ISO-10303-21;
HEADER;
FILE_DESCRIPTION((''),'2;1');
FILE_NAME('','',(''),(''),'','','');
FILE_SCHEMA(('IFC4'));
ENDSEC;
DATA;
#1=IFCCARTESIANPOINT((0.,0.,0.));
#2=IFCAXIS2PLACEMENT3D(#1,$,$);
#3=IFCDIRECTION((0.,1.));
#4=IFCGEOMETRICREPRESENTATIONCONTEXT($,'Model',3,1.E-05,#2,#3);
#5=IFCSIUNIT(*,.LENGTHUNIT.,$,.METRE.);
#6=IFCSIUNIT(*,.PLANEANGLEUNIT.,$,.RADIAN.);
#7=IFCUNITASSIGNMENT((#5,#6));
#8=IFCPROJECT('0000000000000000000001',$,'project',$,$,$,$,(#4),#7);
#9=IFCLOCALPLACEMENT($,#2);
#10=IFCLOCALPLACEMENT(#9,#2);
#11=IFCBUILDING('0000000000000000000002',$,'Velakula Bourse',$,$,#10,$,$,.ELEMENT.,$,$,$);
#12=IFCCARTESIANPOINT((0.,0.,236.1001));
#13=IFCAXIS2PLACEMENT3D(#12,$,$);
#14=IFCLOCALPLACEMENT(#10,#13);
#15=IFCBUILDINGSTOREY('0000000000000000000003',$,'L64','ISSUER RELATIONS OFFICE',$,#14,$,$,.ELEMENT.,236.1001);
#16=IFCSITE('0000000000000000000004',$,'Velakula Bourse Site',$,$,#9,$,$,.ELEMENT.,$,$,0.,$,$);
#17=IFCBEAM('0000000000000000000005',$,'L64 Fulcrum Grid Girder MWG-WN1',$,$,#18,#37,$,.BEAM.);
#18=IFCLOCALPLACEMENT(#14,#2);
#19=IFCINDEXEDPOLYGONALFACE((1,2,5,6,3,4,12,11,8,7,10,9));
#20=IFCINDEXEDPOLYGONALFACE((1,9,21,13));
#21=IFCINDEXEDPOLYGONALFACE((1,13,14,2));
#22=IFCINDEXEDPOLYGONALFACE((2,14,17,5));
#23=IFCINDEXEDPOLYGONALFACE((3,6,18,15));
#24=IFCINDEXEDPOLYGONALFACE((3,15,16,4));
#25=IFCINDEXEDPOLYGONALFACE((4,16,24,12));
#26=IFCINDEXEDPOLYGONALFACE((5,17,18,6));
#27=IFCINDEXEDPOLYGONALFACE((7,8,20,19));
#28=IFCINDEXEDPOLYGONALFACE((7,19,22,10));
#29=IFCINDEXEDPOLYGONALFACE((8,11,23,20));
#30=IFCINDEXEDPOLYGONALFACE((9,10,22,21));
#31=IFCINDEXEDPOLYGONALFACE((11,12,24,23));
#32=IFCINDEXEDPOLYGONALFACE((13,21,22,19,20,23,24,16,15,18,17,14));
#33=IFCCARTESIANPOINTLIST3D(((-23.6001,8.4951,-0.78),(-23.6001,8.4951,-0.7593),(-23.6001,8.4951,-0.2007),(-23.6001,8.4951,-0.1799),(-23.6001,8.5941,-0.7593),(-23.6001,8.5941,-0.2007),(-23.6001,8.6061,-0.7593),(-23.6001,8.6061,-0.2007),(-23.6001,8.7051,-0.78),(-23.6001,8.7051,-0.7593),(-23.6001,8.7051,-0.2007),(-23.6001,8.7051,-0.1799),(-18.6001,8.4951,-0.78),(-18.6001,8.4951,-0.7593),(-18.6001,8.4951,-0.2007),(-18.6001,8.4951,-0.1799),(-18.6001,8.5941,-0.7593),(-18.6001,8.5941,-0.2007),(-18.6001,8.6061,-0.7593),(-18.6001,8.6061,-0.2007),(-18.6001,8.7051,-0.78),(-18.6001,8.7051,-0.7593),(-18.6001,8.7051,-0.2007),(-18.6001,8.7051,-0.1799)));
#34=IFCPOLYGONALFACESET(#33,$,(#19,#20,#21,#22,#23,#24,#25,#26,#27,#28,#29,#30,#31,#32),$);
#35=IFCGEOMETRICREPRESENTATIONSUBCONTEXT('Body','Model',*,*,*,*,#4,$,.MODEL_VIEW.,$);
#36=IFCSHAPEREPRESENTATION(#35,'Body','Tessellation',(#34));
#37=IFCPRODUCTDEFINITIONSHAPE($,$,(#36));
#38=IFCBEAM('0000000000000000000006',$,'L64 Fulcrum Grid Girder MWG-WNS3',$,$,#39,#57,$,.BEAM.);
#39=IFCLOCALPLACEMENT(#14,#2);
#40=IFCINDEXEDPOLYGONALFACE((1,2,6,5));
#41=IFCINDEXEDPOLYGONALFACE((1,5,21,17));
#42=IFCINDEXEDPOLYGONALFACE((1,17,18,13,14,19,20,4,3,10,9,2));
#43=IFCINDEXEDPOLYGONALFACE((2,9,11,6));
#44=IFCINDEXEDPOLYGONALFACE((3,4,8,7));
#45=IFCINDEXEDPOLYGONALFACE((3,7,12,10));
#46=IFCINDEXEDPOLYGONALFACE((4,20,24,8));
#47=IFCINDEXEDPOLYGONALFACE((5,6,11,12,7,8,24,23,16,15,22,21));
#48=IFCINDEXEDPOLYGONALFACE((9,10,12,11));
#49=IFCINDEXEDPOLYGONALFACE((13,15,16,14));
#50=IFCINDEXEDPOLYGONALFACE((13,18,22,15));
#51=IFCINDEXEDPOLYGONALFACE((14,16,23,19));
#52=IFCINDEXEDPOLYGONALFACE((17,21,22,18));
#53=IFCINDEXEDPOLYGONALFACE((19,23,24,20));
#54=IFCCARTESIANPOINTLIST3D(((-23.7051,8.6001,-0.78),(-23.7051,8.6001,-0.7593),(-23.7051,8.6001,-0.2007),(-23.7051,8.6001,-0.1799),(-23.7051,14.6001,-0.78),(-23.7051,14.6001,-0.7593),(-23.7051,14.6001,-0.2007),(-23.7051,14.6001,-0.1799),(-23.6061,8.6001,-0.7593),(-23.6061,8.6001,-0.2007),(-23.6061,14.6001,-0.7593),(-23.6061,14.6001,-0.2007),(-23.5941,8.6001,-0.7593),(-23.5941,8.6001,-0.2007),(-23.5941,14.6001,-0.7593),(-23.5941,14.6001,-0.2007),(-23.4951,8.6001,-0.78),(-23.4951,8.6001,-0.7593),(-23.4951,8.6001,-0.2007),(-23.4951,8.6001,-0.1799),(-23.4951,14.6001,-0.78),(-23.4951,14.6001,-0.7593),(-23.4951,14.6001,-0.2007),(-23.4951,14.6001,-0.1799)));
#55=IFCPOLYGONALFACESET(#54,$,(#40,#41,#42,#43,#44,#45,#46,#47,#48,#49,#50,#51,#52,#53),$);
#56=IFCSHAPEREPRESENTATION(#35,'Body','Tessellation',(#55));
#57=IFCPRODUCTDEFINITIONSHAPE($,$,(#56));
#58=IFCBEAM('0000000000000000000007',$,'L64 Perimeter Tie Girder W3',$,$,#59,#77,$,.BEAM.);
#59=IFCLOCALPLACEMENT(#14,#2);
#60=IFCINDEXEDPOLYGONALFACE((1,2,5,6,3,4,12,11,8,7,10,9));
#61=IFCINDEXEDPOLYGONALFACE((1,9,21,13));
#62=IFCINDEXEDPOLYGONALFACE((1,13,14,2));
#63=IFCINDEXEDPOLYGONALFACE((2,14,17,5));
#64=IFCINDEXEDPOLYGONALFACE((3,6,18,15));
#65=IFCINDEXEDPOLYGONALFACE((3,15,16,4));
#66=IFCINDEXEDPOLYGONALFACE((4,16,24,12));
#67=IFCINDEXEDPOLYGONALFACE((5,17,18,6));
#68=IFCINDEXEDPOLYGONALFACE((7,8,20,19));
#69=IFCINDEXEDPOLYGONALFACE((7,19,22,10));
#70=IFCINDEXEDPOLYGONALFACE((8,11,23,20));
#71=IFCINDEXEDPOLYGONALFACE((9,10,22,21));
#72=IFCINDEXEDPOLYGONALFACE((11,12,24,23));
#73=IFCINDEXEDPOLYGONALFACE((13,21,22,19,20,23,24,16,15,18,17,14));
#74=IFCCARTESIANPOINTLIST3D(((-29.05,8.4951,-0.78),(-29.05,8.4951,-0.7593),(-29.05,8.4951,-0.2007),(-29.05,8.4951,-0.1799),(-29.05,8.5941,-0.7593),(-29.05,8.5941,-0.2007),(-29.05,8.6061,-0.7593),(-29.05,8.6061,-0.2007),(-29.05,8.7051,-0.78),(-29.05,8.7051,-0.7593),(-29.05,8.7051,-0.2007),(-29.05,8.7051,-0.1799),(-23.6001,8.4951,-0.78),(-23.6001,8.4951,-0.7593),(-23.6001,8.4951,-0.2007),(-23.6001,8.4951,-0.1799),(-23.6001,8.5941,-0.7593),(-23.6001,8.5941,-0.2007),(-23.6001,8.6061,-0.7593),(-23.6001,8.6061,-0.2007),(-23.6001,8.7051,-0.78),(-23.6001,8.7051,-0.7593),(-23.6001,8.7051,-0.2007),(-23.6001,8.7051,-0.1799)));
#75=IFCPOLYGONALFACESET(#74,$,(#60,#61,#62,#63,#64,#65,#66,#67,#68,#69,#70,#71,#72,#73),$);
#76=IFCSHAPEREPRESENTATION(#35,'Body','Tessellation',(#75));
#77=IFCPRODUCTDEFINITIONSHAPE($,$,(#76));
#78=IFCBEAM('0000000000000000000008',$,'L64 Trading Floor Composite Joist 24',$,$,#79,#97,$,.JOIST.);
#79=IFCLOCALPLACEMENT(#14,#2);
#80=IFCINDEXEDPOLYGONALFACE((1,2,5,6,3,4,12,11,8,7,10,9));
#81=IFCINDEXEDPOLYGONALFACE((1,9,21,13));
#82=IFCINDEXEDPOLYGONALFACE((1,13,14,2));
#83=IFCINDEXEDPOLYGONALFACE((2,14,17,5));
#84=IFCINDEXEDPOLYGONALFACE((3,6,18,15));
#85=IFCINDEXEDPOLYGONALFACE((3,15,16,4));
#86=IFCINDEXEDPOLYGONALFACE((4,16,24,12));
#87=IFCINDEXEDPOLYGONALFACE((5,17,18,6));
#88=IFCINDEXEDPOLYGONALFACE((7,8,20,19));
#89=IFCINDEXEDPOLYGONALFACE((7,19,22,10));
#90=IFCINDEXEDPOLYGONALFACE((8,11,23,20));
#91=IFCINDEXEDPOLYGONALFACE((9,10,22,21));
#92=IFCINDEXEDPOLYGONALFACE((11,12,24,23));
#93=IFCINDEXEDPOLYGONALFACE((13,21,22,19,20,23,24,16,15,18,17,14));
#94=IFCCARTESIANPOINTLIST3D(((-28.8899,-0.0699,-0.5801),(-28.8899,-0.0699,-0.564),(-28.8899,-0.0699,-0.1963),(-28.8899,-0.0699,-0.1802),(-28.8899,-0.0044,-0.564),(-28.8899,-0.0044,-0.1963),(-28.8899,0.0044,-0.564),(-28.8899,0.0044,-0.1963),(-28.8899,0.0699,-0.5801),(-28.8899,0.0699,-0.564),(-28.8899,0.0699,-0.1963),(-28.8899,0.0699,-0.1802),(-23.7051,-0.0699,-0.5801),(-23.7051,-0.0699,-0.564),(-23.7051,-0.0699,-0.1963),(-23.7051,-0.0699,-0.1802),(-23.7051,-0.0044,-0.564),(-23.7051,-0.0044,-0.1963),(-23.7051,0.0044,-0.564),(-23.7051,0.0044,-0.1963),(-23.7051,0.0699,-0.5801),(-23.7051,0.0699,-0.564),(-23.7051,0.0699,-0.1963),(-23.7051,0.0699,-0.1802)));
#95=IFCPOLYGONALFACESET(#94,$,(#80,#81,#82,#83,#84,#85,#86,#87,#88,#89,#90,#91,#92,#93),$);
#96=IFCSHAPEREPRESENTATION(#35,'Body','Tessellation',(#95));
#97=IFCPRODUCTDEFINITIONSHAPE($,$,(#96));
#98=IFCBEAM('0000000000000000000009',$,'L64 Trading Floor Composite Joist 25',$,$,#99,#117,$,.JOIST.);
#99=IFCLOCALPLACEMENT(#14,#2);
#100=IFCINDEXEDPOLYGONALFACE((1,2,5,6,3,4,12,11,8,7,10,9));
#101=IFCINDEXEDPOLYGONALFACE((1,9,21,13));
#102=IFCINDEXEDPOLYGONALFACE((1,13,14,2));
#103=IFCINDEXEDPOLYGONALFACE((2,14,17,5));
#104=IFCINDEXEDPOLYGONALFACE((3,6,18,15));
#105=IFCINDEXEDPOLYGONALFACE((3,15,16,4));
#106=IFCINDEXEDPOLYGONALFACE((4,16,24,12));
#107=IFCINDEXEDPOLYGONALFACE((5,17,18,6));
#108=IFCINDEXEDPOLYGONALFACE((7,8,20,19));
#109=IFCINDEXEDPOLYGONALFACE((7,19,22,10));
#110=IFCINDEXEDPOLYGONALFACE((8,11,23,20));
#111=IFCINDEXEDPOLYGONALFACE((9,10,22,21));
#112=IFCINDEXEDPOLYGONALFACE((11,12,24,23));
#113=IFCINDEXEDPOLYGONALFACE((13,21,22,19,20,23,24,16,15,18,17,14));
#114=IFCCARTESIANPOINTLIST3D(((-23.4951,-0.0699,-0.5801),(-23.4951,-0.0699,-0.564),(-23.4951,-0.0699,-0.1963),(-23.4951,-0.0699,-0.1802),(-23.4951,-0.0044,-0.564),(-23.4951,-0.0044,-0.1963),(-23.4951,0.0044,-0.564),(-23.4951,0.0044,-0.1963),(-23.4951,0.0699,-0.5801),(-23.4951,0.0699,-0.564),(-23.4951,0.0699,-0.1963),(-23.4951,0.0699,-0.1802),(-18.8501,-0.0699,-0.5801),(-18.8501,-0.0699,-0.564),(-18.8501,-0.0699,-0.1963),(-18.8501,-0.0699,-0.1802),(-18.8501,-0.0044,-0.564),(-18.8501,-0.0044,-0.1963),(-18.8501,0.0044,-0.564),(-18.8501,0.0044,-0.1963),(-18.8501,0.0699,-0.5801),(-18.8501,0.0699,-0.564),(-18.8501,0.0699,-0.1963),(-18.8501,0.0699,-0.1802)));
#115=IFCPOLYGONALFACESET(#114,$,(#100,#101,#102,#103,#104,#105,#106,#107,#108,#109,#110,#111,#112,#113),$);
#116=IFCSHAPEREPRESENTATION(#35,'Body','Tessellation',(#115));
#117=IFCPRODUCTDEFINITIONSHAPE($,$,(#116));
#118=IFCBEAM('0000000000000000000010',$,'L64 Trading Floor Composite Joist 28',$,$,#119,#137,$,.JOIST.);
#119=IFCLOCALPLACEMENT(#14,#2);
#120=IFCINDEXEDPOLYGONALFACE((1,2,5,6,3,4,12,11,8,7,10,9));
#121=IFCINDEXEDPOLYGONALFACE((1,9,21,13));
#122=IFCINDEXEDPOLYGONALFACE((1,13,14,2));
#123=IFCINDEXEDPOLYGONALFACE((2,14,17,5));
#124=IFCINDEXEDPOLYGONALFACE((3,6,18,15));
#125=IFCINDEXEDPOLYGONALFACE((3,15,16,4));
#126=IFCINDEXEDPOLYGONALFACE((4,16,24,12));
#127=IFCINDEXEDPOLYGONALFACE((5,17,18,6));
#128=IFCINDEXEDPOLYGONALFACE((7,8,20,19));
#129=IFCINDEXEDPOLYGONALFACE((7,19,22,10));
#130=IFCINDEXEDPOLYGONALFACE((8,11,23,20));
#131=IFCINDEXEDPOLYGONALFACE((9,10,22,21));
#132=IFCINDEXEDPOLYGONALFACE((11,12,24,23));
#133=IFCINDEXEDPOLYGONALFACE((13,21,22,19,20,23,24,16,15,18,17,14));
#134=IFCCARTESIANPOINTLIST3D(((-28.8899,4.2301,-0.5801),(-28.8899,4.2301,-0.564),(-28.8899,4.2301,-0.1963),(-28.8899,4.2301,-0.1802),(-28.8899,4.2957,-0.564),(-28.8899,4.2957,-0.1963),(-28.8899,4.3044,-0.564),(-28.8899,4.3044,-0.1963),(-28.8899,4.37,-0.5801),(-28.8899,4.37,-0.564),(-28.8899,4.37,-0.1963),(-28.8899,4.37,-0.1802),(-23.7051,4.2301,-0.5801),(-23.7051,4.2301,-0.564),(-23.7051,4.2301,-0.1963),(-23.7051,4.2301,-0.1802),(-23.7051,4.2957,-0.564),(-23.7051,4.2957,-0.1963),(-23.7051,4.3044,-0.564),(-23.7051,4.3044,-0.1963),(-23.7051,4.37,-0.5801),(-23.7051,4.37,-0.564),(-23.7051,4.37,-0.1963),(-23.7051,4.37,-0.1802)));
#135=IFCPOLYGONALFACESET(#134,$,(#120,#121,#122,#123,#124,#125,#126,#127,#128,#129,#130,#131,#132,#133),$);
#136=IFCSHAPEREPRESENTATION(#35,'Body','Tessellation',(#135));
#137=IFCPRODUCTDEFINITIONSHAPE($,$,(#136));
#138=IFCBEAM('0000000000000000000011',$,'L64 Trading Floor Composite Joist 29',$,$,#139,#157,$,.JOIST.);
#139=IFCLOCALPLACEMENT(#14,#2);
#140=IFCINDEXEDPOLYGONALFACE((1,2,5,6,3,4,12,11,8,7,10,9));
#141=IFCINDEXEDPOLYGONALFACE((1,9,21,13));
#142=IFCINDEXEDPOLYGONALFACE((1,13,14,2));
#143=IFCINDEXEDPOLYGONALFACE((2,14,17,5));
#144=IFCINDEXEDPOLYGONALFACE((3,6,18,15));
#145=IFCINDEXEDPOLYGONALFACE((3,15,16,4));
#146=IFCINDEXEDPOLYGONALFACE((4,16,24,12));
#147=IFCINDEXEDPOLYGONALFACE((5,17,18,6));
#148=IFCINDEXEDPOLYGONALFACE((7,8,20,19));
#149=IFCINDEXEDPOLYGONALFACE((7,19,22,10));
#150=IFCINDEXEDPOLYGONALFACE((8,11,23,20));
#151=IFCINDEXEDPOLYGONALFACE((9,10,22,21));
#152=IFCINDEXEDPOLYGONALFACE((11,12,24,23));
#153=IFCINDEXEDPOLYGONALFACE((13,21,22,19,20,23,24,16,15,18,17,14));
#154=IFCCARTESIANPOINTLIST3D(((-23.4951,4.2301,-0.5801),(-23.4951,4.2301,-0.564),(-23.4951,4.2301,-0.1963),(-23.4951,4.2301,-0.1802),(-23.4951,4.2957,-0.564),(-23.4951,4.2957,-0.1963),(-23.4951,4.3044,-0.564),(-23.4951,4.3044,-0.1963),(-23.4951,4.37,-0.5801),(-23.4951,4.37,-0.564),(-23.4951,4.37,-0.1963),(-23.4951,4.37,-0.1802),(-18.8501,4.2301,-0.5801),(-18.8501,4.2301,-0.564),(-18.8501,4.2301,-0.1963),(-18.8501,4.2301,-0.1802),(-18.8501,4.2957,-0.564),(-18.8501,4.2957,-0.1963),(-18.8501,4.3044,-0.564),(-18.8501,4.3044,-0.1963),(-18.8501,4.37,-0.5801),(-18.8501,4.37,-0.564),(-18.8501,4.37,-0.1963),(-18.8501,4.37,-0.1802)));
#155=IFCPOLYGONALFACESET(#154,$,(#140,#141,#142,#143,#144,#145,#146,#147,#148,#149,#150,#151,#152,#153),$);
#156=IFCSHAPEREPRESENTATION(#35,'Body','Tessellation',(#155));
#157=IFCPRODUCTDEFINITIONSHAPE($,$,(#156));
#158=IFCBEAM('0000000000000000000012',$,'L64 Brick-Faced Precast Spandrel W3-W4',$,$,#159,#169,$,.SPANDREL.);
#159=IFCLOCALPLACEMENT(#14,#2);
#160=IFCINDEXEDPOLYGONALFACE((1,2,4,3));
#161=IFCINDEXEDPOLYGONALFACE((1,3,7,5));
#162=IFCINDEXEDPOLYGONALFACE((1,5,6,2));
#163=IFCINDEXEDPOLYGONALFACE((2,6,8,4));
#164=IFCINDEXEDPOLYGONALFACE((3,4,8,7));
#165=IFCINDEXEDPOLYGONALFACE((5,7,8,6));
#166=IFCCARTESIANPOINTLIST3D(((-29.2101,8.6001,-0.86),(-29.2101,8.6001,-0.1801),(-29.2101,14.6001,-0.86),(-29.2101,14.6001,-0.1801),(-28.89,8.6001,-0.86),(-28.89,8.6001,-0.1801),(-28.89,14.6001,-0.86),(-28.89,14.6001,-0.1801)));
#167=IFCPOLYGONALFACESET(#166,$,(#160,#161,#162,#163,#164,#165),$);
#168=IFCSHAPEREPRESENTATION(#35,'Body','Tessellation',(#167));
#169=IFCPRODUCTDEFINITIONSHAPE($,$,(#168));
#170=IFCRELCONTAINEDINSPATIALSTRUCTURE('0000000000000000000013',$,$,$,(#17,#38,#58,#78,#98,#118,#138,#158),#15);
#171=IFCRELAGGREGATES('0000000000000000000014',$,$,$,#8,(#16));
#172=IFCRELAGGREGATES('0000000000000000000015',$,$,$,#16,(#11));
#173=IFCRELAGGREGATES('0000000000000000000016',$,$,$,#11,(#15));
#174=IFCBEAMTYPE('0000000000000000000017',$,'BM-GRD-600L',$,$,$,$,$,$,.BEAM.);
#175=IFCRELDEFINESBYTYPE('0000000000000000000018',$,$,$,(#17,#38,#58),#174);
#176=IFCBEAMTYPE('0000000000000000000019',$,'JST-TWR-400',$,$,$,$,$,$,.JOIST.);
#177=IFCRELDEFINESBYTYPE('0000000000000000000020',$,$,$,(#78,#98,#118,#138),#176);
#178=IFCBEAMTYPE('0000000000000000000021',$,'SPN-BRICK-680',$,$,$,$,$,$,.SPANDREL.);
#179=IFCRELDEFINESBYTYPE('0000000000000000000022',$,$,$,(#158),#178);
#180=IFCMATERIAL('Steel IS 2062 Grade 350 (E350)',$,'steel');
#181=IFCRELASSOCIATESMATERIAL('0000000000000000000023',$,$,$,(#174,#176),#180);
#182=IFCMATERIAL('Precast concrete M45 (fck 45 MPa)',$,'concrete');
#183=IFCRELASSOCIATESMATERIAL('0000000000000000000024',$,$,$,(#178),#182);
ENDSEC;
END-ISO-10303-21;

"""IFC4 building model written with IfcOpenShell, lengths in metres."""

from ifc_helpers import new_model, si_unit, direction, frame, origin, origin_2d, place, context, subcontext, project, spatial, rectangle, i_section, extrude, material, material_profile, profile_set, type_object, element, save


model = new_model("IFC4")

# Units and contexts
model_context = context("Model", 3, precision=1e-05, world=origin(), true_north=direction((0.0, 1.0)))
body_context = subcontext(model_context, "Body", "Model", "MODEL_VIEW")
ifc_project = project(units=[si_unit("LENGTHUNIT", "METRE"), si_unit("PLANEANGLEUNIT", "RADIAN")], contexts=[model_context])

# Site, building, storey
site_placement = place(None, origin())
site = spatial("IfcSite", under=ifc_project, at=site_placement, Name="Velakula Bourse Site", CompositionType="ELEMENT", RefElevation=0.0)
building_placement = place(site_placement, origin())
building = spatial("IfcBuilding", under=site, at=building_placement, Name="Velakula Bourse", CompositionType="ELEMENT")
storey_placement = place(building_placement, frame((0.0, 0.0, 236.1001)))
storey = spatial("IfcBuildingStorey", under=building, at=storey_placement, Name="L64", Description="ISSUER RELATIONS OFFICE", CompositionType="ELEMENT", Elevation=236.1001)

# Shared definitions
ifc_material_1 = material(Name="Steel IS 2062 Grade 350 (E350)", Category="steel")

# Beams
ifc_material_profile_1 = material_profile(ifc_material_1, i_section(OverallWidth=0.21, OverallDepth=0.6001, WebThickness=0.012, FlangeThickness=0.0208, at=origin_2d()), Name="Steel IS 2062 Grade 350 (E350)")
ifc_profile_set_1 = profile_set([ifc_material_profile_1], Name="Steel IS 2062 Grade 350 (E350)")
beam_type_1 = type_object("IfcBeamType", Name="BM-GRD-600L", PredefinedType="BEAM", material=ifc_profile_set_1)
beam_1_placement = place(storey_placement, frame((-23.6001, 8.6001, -0.48), z_axis=(1.0, 0.0, 0.0), x_axis=(0.0, 1.0, 0.0)))
element("IfcBeam", 1, at=beam_1_placement, inside=storey, type_object=beam_type_1, Name="L64 Fulcrum Grid Girder MWG-WN1", PredefinedType="BEAM", context=body_context, shape_type="SweptSolid", body=[
    extrude(i_section(OverallWidth=0.21, OverallDepth=0.6001, WebThickness=0.012, FlangeThickness=0.0208, at=origin_2d()), origin(), (0.0, 0.0, 1.0), 5.0),
])
beam_2_placement = place(storey_placement, frame((-23.6001, 8.6001, -0.48), z_axis=(0.0, 1.0, 0.0), x_axis=(-1.0, 0.0, 0.0)))
element("IfcBeam", 2, at=beam_2_placement, inside=storey, type_object=beam_type_1, Name="L64 Fulcrum Grid Girder MWG-WNS3", PredefinedType="BEAM", context=body_context, shape_type="SweptSolid", body=[
    extrude(i_section(OverallWidth=0.21, OverallDepth=0.6001, WebThickness=0.012, FlangeThickness=0.0208, at=origin_2d()), origin(), (0.0, 0.0, 1.0), 6.0),
])
beam_3_placement = place(storey_placement, frame((-23.6001, 8.6001, -0.48), z_axis=(-1.0, 0.0, 0.0), x_axis=(0.0, -1.0, 0.0)))
element("IfcBeam", 3, at=beam_3_placement, inside=storey, type_object=beam_type_1, Name="L64 Perimeter Tie Girder W3", PredefinedType="BEAM", context=body_context, shape_type="SweptSolid", body=[
    extrude(i_section(OverallWidth=0.21, OverallDepth=0.6001, WebThickness=0.012, FlangeThickness=0.0208, at=origin_2d()), origin(), (0.0, 0.0, 1.0), 5.45),
])
ifc_material_profile_2 = material_profile(ifc_material_1, i_section(OverallWidth=0.1399, OverallDepth=0.3999, WebThickness=0.0088, FlangeThickness=0.0161, at=origin_2d()), Name="Steel IS 2062 Grade 350 (E350)")
ifc_profile_set_2 = profile_set([ifc_material_profile_2], Name="Steel IS 2062 Grade 350 (E350)")
beam_type_2 = type_object("IfcBeamType", Name="JST-TWR-400", PredefinedType="JOIST", material=ifc_profile_set_2)
beam_4_placement = place(storey_placement, frame((-28.8899, 0.0, -0.3801), z_axis=(1.0, 0.0, 0.0), x_axis=(0.0, 1.0, 0.0)))
element("IfcBeam", 4, at=beam_4_placement, inside=storey, type_object=beam_type_2, Name="L64 Trading Floor Composite Joist 24", PredefinedType="JOIST", context=body_context, shape_type="SweptSolid", body=[
    extrude(i_section(OverallWidth=0.1399, OverallDepth=0.3999, WebThickness=0.0088, FlangeThickness=0.0161, at=origin_2d()), origin(), (0.0, 0.0, 1.0), 5.1848),
])
beam_5_placement = place(storey_placement, frame((-23.4951, 0.0, -0.3801), z_axis=(1.0, 0.0, 0.0), x_axis=(0.0, 1.0, 0.0)))
element("IfcBeam", 5, at=beam_5_placement, inside=storey, type_object=beam_type_2, Name="L64 Trading Floor Composite Joist 25", PredefinedType="JOIST", context=body_context, shape_type="SweptSolid", body=[
    extrude(i_section(OverallWidth=0.1399, OverallDepth=0.3999, WebThickness=0.0088, FlangeThickness=0.0161, at=origin_2d()), origin(), (0.0, 0.0, 1.0), 4.645),
])
beam_6_placement = place(storey_placement, frame((-28.8899, 4.3, -0.3801), z_axis=(1.0, 0.0, 0.0), x_axis=(0.0, 1.0, 0.0)))
element("IfcBeam", 6, at=beam_6_placement, inside=storey, type_object=beam_type_2, Name="L64 Trading Floor Composite Joist 28", PredefinedType="JOIST", context=body_context, shape_type="SweptSolid", body=[
    extrude(i_section(OverallWidth=0.1399, OverallDepth=0.3999, WebThickness=0.0088, FlangeThickness=0.0161, at=origin_2d()), origin(), (0.0, 0.0, 1.0), 5.1848),
])
beam_7_placement = place(storey_placement, frame((-23.4951, 4.3, -0.3801), z_axis=(1.0, 0.0, 0.0), x_axis=(0.0, 1.0, 0.0)))
element("IfcBeam", 7, at=beam_7_placement, inside=storey, type_object=beam_type_2, Name="L64 Trading Floor Composite Joist 29", PredefinedType="JOIST", context=body_context, shape_type="SweptSolid", body=[
    extrude(i_section(OverallWidth=0.1399, OverallDepth=0.3999, WebThickness=0.0088, FlangeThickness=0.0161, at=origin_2d()), origin(), (0.0, 0.0, 1.0), 4.645),
])
ifc_material_2 = material(Name="Precast concrete M45 (fck 45 MPa)", Category="concrete")
ifc_material_profile_3 = material_profile(ifc_material_2, rectangle(XDim=0.3201, YDim=0.6799, at=origin_2d()), Name="Precast concrete M45 (fck 45 MPa)")
ifc_profile_set_3 = profile_set([ifc_material_profile_3], Name="Precast concrete M45 (fck 45 MPa)")
beam_type_3 = type_object("IfcBeamType", Name="SPN-BRICK-680", PredefinedType="SPANDREL", material=ifc_profile_set_3)
beam_8_placement = place(storey_placement, frame((-29.05, 8.6001, -0.52), z_axis=(0.0, 1.0, 0.0), x_axis=(-1.0, 0.0, 0.0)))
element("IfcBeam", 8, at=beam_8_placement, inside=storey, type_object=beam_type_3, Name="L64 Brick-Faced Precast Spandrel W3-W4", PredefinedType="SPANDREL", context=body_context, shape_type="SweptSolid", body=[
    extrude(rectangle(XDim=0.3201, YDim=0.6799, at=origin_2d()), origin(), (0.0, 0.0, 1.0), 6.0),
])

save(model, "model.ifc")
